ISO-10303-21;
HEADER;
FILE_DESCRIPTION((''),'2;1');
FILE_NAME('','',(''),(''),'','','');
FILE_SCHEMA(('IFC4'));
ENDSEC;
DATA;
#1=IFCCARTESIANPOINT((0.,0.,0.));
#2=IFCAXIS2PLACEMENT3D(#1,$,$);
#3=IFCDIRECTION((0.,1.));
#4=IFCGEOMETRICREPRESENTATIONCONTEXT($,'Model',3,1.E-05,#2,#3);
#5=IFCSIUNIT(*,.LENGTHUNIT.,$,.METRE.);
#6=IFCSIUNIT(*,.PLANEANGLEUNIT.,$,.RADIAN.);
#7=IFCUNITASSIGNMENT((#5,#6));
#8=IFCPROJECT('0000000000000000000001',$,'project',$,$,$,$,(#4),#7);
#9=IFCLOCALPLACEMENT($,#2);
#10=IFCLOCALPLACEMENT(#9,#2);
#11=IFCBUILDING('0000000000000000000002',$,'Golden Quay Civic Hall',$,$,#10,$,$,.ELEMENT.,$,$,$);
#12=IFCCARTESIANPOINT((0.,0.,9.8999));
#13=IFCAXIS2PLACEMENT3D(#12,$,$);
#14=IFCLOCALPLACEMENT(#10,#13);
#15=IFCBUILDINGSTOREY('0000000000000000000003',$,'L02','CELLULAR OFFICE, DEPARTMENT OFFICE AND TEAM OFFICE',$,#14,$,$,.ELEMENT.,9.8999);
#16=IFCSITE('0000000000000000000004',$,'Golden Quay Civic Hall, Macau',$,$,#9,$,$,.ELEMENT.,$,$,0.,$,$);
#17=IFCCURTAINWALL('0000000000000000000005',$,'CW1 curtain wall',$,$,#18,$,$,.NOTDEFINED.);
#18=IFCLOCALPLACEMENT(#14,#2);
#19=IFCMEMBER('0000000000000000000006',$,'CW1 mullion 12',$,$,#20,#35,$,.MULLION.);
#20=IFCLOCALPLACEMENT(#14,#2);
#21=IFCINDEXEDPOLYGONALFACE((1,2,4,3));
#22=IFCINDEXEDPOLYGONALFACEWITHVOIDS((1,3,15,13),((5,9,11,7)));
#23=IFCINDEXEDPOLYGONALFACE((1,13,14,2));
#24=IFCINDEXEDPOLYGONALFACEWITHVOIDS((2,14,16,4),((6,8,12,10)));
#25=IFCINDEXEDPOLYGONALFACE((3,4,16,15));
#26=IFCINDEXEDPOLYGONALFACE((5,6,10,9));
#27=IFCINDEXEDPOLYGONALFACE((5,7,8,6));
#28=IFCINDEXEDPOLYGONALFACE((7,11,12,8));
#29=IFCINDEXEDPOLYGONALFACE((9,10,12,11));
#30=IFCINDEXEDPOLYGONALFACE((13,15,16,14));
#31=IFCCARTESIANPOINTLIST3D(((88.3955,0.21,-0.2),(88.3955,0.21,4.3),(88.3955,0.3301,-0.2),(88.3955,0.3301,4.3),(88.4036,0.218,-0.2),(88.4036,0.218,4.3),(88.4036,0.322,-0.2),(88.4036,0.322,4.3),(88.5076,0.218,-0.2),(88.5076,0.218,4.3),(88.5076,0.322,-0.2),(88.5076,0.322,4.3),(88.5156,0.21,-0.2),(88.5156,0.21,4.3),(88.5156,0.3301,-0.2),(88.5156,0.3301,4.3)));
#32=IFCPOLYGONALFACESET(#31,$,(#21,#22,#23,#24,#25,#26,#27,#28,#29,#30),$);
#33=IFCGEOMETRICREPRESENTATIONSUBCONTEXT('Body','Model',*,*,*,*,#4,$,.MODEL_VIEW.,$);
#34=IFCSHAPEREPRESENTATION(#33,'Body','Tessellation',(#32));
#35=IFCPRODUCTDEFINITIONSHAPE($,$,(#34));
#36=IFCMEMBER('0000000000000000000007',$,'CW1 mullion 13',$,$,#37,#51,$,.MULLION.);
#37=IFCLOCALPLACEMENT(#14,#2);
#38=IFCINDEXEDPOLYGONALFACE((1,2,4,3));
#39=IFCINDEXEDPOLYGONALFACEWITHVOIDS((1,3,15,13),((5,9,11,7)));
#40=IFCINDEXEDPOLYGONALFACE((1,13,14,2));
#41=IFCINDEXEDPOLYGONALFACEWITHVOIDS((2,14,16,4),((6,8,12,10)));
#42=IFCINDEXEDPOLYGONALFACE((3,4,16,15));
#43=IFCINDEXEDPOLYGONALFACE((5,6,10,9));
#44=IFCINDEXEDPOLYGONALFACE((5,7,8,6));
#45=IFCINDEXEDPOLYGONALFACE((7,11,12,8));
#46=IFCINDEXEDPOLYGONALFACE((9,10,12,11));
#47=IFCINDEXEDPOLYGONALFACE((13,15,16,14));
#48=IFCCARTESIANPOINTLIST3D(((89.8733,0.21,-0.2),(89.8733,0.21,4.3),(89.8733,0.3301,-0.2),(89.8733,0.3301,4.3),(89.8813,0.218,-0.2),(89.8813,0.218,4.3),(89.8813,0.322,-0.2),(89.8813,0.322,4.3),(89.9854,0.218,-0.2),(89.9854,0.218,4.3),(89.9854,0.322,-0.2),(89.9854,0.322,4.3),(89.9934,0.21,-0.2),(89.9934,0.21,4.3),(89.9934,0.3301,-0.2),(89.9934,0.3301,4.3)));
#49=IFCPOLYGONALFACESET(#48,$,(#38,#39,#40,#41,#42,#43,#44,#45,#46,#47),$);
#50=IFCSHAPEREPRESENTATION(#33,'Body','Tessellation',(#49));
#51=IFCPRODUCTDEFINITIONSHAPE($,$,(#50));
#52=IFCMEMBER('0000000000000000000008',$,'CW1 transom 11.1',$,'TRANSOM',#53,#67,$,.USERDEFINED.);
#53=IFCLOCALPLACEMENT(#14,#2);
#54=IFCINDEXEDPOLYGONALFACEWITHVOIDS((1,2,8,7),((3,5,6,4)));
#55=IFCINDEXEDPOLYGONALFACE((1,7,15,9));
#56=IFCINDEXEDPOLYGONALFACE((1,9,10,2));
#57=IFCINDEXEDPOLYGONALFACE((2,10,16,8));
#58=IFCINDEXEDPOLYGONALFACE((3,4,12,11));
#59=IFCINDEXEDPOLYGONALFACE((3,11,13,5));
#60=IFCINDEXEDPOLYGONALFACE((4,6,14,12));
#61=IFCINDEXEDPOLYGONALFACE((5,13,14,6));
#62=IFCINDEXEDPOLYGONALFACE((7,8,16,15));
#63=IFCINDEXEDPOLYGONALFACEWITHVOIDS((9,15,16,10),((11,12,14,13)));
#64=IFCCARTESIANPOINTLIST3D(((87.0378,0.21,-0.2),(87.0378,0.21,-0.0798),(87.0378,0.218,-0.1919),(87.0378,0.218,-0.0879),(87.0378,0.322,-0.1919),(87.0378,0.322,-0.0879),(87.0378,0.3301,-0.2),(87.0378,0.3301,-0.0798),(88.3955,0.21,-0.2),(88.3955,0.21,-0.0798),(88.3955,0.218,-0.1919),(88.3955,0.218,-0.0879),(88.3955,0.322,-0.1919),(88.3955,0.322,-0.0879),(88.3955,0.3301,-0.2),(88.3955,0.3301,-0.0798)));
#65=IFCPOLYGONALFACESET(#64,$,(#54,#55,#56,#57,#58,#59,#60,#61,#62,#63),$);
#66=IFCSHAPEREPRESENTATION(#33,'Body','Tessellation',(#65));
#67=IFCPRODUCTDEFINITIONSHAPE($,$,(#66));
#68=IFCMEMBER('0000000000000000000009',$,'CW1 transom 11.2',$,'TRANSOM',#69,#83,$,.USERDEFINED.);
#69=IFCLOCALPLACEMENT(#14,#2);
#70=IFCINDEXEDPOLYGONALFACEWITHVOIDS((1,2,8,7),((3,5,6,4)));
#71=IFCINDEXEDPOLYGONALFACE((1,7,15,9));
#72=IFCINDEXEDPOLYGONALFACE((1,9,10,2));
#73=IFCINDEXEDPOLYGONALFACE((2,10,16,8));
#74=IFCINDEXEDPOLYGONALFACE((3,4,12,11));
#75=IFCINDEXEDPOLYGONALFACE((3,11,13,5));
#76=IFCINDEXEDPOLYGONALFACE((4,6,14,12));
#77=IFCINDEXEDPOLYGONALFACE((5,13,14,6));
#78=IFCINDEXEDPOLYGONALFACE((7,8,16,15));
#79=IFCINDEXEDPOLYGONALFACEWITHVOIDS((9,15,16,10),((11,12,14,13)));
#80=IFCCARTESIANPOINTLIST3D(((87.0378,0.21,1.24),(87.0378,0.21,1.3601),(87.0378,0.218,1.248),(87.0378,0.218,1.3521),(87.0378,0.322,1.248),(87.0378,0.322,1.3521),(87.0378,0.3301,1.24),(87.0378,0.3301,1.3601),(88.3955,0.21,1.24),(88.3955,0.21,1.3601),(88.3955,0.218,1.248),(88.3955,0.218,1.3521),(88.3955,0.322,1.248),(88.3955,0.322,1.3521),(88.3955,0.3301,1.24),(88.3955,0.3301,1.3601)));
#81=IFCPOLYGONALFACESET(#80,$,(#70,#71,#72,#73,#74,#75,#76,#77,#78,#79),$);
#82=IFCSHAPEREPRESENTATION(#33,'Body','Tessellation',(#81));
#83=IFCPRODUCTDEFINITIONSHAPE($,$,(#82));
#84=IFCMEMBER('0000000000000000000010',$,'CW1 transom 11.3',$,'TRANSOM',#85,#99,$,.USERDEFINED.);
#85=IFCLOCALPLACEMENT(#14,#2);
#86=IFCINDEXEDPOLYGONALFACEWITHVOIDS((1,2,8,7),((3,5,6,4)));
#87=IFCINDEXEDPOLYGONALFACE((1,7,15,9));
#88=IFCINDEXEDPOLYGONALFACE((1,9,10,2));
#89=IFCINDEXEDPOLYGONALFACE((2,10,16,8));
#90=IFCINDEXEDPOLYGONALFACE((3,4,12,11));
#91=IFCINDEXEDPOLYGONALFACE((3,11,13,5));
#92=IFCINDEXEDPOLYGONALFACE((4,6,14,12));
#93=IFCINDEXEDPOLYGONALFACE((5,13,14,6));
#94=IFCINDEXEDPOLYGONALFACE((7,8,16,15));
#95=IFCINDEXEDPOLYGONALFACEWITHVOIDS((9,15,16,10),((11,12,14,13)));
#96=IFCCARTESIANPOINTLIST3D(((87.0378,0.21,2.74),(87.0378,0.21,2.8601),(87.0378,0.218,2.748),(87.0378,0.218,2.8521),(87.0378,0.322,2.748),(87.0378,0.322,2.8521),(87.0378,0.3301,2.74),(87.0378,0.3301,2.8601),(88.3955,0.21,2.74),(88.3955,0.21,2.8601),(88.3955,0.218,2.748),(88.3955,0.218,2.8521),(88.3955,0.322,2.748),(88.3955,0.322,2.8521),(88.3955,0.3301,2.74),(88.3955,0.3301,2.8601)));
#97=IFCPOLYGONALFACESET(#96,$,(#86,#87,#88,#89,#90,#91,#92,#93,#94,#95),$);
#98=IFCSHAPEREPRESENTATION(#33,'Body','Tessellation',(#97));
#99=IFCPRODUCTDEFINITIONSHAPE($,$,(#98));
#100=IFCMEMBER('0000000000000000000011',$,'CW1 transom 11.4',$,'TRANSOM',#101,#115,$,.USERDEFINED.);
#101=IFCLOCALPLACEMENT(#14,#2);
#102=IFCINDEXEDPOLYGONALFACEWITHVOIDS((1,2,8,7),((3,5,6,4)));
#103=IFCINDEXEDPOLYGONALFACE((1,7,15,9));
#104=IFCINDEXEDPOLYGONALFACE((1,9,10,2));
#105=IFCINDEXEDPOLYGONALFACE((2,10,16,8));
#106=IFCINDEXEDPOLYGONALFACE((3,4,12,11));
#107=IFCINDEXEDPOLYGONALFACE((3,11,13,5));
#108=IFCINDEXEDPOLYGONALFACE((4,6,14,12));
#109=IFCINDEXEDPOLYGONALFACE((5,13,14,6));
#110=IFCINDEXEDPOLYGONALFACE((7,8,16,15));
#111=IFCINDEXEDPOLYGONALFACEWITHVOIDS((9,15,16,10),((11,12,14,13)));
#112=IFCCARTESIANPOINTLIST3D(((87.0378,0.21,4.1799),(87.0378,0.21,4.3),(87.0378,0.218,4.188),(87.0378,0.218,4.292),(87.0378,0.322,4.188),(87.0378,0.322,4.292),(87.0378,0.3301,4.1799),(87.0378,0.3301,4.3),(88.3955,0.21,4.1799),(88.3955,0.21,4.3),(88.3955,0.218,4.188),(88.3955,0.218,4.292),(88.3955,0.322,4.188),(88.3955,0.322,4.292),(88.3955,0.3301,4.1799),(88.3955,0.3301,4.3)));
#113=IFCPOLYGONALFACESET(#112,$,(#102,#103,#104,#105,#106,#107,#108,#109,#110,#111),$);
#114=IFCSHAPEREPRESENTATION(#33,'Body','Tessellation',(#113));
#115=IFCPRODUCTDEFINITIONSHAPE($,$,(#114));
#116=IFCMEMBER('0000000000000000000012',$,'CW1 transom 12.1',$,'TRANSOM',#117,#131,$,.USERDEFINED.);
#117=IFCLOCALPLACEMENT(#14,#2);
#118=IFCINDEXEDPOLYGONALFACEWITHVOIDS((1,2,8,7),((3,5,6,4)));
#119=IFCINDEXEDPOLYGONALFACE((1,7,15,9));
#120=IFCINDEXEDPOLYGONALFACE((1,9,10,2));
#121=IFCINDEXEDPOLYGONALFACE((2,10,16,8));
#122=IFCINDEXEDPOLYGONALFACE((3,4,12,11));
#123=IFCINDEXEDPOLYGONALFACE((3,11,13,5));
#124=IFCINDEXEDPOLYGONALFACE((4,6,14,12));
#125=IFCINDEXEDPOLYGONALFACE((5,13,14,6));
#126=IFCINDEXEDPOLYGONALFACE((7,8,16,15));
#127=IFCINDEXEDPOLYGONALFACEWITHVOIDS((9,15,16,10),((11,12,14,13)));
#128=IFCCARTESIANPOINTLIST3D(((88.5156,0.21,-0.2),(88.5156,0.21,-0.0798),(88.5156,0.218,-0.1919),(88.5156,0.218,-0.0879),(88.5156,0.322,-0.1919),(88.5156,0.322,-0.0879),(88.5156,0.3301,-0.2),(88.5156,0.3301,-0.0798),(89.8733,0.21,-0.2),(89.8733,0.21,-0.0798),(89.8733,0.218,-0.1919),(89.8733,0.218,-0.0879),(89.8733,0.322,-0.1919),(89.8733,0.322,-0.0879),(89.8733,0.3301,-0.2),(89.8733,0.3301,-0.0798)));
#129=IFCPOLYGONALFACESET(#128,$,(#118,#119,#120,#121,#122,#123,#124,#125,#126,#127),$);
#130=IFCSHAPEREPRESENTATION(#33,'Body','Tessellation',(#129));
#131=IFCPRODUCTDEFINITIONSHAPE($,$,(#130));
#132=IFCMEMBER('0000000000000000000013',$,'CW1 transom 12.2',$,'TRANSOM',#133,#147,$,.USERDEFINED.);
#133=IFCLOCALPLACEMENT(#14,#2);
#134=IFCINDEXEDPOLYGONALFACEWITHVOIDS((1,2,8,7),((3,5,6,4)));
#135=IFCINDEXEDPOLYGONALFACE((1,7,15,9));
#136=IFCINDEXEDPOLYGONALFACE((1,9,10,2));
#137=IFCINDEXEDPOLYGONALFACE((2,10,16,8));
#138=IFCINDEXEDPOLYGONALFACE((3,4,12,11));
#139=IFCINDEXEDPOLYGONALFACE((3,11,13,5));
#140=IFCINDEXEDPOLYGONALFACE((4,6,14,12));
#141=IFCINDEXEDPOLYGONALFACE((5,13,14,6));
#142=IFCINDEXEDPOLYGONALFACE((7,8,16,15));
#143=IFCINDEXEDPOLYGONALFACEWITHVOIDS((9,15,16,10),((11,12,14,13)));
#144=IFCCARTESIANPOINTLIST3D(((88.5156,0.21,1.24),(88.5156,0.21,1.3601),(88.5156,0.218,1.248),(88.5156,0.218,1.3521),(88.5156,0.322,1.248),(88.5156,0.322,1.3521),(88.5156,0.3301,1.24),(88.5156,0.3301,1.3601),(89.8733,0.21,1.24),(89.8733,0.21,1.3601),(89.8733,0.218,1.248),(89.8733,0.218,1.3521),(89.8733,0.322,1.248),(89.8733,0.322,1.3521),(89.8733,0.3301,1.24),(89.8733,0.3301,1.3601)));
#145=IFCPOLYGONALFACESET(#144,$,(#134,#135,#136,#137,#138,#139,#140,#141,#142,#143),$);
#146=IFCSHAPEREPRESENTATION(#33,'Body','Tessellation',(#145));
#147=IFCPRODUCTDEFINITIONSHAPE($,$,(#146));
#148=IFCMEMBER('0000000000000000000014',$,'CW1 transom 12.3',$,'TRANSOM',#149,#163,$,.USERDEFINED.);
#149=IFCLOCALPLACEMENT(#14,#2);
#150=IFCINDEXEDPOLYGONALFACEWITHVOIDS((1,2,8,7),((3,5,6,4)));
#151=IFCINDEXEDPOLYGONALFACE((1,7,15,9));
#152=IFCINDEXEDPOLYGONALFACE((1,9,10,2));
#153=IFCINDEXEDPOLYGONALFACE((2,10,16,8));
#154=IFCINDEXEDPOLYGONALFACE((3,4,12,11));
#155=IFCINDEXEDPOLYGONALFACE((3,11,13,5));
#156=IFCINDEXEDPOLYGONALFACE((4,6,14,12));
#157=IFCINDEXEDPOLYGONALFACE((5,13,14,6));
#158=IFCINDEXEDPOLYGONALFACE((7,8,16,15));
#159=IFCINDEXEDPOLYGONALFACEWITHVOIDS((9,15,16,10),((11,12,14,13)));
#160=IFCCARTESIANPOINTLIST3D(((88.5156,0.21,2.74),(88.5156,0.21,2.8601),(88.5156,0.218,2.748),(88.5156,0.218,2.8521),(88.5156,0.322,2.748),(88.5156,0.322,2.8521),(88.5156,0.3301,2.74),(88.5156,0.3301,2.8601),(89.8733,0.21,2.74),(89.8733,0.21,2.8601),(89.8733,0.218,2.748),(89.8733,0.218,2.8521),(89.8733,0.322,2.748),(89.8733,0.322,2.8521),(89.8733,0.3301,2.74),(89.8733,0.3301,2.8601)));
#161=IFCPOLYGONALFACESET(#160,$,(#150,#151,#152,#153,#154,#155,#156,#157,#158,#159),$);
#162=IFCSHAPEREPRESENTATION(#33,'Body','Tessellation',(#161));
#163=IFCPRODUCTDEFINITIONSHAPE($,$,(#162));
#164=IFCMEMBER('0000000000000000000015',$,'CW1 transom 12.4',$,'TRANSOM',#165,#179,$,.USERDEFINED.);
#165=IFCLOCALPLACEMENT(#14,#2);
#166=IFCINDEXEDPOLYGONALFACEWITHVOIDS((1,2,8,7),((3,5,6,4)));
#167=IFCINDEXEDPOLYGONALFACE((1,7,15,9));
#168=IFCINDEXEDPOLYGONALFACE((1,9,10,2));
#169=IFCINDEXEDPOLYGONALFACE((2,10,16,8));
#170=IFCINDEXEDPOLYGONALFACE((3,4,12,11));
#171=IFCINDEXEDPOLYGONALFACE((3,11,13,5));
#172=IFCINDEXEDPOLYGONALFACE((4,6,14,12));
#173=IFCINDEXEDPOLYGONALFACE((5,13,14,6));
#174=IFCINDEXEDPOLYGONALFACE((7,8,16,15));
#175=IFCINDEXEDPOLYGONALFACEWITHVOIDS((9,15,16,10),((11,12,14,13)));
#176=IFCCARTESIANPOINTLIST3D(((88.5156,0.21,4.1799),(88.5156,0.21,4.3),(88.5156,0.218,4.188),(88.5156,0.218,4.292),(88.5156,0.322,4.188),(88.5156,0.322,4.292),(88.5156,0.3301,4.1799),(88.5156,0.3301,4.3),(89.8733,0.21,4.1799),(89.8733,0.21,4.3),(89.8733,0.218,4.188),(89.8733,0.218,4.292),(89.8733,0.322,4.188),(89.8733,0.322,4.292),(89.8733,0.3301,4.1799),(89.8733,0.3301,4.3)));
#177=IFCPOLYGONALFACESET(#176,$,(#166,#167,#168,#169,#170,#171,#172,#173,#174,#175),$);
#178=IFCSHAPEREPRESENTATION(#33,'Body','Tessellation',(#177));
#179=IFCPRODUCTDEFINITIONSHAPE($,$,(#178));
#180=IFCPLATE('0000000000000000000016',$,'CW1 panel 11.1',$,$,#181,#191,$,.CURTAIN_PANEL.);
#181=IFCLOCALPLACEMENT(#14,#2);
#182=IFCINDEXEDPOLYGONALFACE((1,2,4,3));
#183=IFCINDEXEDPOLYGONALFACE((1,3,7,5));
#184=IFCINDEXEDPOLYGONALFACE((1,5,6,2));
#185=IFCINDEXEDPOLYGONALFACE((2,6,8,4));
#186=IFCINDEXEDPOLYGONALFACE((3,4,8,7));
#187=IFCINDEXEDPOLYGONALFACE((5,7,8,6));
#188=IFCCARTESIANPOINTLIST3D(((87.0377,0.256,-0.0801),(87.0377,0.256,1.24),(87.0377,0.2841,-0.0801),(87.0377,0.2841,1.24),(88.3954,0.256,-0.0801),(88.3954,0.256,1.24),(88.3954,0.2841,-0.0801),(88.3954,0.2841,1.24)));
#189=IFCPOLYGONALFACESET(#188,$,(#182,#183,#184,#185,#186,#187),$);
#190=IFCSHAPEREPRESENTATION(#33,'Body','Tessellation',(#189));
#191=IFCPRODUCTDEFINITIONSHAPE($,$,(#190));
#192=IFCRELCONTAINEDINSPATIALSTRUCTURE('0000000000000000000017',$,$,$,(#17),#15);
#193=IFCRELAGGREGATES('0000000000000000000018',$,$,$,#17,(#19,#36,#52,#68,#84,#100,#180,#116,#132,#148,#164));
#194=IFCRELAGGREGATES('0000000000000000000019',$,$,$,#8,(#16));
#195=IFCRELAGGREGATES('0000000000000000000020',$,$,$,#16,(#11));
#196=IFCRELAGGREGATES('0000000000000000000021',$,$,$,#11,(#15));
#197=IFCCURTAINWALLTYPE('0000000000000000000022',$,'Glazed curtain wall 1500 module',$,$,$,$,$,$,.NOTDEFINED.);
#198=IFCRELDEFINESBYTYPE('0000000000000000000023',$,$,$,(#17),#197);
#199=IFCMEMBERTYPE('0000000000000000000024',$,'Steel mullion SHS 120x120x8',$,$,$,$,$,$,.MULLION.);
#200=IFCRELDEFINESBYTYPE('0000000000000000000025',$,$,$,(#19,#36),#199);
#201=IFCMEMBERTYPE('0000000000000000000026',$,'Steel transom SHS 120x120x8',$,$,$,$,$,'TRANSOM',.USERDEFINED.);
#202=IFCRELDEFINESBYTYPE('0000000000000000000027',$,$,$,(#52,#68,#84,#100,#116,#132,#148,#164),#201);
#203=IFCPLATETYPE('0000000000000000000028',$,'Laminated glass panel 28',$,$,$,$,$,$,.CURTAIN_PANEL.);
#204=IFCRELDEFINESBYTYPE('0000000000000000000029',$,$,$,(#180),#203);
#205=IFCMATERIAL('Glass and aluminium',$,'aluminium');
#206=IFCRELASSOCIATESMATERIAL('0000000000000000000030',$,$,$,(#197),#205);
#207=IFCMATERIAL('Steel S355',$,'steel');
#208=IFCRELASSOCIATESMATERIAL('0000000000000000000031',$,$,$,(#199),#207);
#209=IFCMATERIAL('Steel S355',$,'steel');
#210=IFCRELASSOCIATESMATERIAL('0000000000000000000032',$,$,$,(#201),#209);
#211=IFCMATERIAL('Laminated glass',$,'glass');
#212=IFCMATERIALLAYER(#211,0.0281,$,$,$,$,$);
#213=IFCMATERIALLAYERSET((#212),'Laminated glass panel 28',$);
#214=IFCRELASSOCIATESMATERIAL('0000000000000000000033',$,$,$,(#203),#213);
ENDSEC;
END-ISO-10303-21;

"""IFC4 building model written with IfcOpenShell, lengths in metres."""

from ifc_helpers import new_model, si_unit, direction, frame, origin, origin_2d, place, context, subcontext, project, spatial, rectangle, hollow_rectangle, extrude, material, layer, layer_set, material_profile, profile_set, type_object, element, aggregate, save


model = new_model("IFC4")

# Units and contexts
model_context = context("Model", 3, precision=1e-05, world=origin(), true_north=direction((0.0, 1.0)))
body_context = subcontext(model_context, "Body", "Model", "MODEL_VIEW")
ifc_project = project(units=[si_unit("LENGTHUNIT", "METRE"), si_unit("PLANEANGLEUNIT", "RADIAN")], contexts=[model_context])

# Site, building, storey
site_placement = place(None, origin())
site = spatial("IfcSite", under=ifc_project, at=site_placement, Name="Golden Quay Civic Hall, Macau", CompositionType="ELEMENT", RefElevation=0.0)
building_placement = place(site_placement, origin())
building = spatial("IfcBuilding", under=site, at=building_placement, Name="Golden Quay Civic Hall", CompositionType="ELEMENT")
storey_placement = place(building_placement, frame((0.0, 0.0, 9.8999)))
storey = spatial("IfcBuildingStorey", under=building, at=storey_placement, Name="L02", Description="CELLULAR OFFICE, DEPARTMENT OFFICE AND TEAM OFFICE", CompositionType="ELEMENT", Elevation=9.8999)

# Curtain wall, members, plate
ifc_material_1 = material(Name="Glass and aluminium", Category="aluminium")
curtain_wall_type = type_object("IfcCurtainWallType", Name="Glazed curtain wall 1500 module", PredefinedType="NOTDEFINED", material=ifc_material_1)
curtain_wall_placement = place(storey_placement, origin())
curtain_wall = element("IfcCurtainWall", 1, at=curtain_wall_placement, inside=storey, type_object=curtain_wall_type, Name="CW1 curtain wall", PredefinedType="NOTDEFINED")
ifc_material_2 = material(Name="Steel S355", Category="steel")
ifc_material_profile_1 = material_profile(ifc_material_2, hollow_rectangle(XDim=0.1201, YDim=0.1201, WallThickness=0.0081, at=origin_2d()), Name="SHS 120x120x8")
ifc_profile_set_1 = profile_set([ifc_material_profile_1], Name="Steel S355")
member_type_1 = type_object("IfcMemberType", Name="Steel mullion SHS 120x120x8", PredefinedType="MULLION", material=ifc_profile_set_1)
member_1_placement = place(storey_placement, frame((88.4556, 0.27, -0.2), z_axis=(0.0, 0.0, 1.0), x_axis=(0.0, 1.0, 0.0)))
member_1 = element("IfcMember", 2, at=member_1_placement, type_object=member_type_1, Name="CW1 mullion 12", PredefinedType="MULLION", context=body_context, shape_type="SweptSolid", body=[
    extrude(hollow_rectangle(XDim=0.1201, YDim=0.1201, WallThickness=0.0081, at=origin_2d()), origin(), (0.0, 0.0, 1.0), 4.5),
])
member_2_placement = place(storey_placement, frame((89.9333, 0.27, -0.2), z_axis=(0.0, 0.0, 1.0), x_axis=(0.0, 1.0, 0.0)))
member_2 = element("IfcMember", 3, at=member_2_placement, type_object=member_type_1, Name="CW1 mullion 13", PredefinedType="MULLION", context=body_context, shape_type="SweptSolid", body=[
    extrude(hollow_rectangle(XDim=0.1201, YDim=0.1201, WallThickness=0.0081, at=origin_2d()), origin(), (0.0, 0.0, 1.0), 4.5),
])
ifc_material_3 = material(Name="Steel S355", Category="steel")
ifc_material_profile_2 = material_profile(ifc_material_3, hollow_rectangle(XDim=0.1201, YDim=0.1201, WallThickness=0.0081, at=origin_2d()), Name="SHS 120x120x8")
ifc_profile_set_2 = profile_set([ifc_material_profile_2], Name="Steel S355")
member_type_2 = type_object("IfcMemberType", Name="Steel transom SHS 120x120x8", ElementType="TRANSOM", PredefinedType="USERDEFINED", material=ifc_profile_set_2)
member_3_placement = place(storey_placement, frame((87.0378, 0.27, -0.1399), z_axis=(1.0, 0.0, 0.0), x_axis=(0.0, 1.0, 0.0)))
member_3 = element("IfcMember", 4, at=member_3_placement, type_object=member_type_2, Name="CW1 transom 11.1", ObjectType="TRANSOM", PredefinedType="USERDEFINED", context=body_context, shape_type="SweptSolid", body=[
    extrude(hollow_rectangle(XDim=0.1201, YDim=0.1201, WallThickness=0.0081, at=origin_2d()), origin(), (0.0, 0.0, 1.0), 1.3577),
])
member_4_placement = place(storey_placement, frame((87.0378, 0.27, 1.3), z_axis=(1.0, 0.0, 0.0), x_axis=(0.0, 1.0, 0.0)))
member_4 = element("IfcMember", 5, at=member_4_placement, type_object=member_type_2, Name="CW1 transom 11.2", ObjectType="TRANSOM", PredefinedType="USERDEFINED", context=body_context, shape_type="SweptSolid", body=[
    extrude(hollow_rectangle(XDim=0.1201, YDim=0.1201, WallThickness=0.0081, at=origin_2d()), origin(), (0.0, 0.0, 1.0), 1.3577),
])
member_5_placement = place(storey_placement, frame((87.0378, 0.27, 2.8), z_axis=(1.0, 0.0, 0.0), x_axis=(0.0, 1.0, 0.0)))
member_5 = element("IfcMember", 6, at=member_5_placement, type_object=member_type_2, Name="CW1 transom 11.3", ObjectType="TRANSOM", PredefinedType="USERDEFINED", context=body_context, shape_type="SweptSolid", body=[
    extrude(hollow_rectangle(XDim=0.1201, YDim=0.1201, WallThickness=0.0081, at=origin_2d()), origin(), (0.0, 0.0, 1.0), 1.3577),
])
member_6_placement = place(storey_placement, frame((87.0378, 0.27, 4.24), z_axis=(1.0, 0.0, 0.0), x_axis=(0.0, 1.0, 0.0)))
member_6 = element("IfcMember", 7, at=member_6_placement, type_object=member_type_2, Name="CW1 transom 11.4", ObjectType="TRANSOM", PredefinedType="USERDEFINED", context=body_context, shape_type="SweptSolid", body=[
    extrude(hollow_rectangle(XDim=0.1201, YDim=0.1201, WallThickness=0.0081, at=origin_2d()), origin(), (0.0, 0.0, 1.0), 1.3577),
])
member_7_placement = place(storey_placement, frame((88.5156, 0.27, -0.1399), z_axis=(1.0, 0.0, 0.0), x_axis=(0.0, 1.0, 0.0)))
member_7 = element("IfcMember", 8, at=member_7_placement, type_object=member_type_2, Name="CW1 transom 12.1", ObjectType="TRANSOM", PredefinedType="USERDEFINED", context=body_context, shape_type="SweptSolid", body=[
    extrude(hollow_rectangle(XDim=0.1201, YDim=0.1201, WallThickness=0.0081, at=origin_2d()), origin(), (0.0, 0.0, 1.0), 1.3577),
])
member_8_placement = place(storey_placement, frame((88.5156, 0.27, 1.3), z_axis=(1.0, 0.0, 0.0), x_axis=(0.0, 1.0, 0.0)))
member_8 = element("IfcMember", 9, at=member_8_placement, type_object=member_type_2, Name="CW1 transom 12.2", ObjectType="TRANSOM", PredefinedType="USERDEFINED", context=body_context, shape_type="SweptSolid", body=[
    extrude(hollow_rectangle(XDim=0.1201, YDim=0.1201, WallThickness=0.0081, at=origin_2d()), origin(), (0.0, 0.0, 1.0), 1.3577),
])
member_9_placement = place(storey_placement, frame((88.5156, 0.27, 2.8), z_axis=(1.0, 0.0, 0.0), x_axis=(0.0, 1.0, 0.0)))
member_9 = element("IfcMember", 10, at=member_9_placement, type_object=member_type_2, Name="CW1 transom 12.3", ObjectType="TRANSOM", PredefinedType="USERDEFINED", context=body_context, shape_type="SweptSolid", body=[
    extrude(hollow_rectangle(XDim=0.1201, YDim=0.1201, WallThickness=0.0081, at=origin_2d()), origin(), (0.0, 0.0, 1.0), 1.3577),
])
member_10_placement = place(storey_placement, frame((88.5156, 0.27, 4.24), z_axis=(1.0, 0.0, 0.0), x_axis=(0.0, 1.0, 0.0)))
member_10 = element("IfcMember", 11, at=member_10_placement, type_object=member_type_2, Name="CW1 transom 12.4", ObjectType="TRANSOM", PredefinedType="USERDEFINED", context=body_context, shape_type="SweptSolid", body=[
    extrude(hollow_rectangle(XDim=0.1201, YDim=0.1201, WallThickness=0.0081, at=origin_2d()), origin(), (0.0, 0.0, 1.0), 1.3577),
])
ifc_material_4 = material(Name="Laminated glass", Category="glass")
ifc_layer = layer(ifc_material_4, 0.0281)
ifc_layer_set = layer_set([ifc_layer], Name="Laminated glass panel 28")
plate_type = type_object("IfcPlateType", Name="Laminated glass panel 28", PredefinedType="CURTAIN_PANEL", material=ifc_layer_set)
plate_1_placement = place(storey_placement, frame((87.7166, 0.27, -0.0801), z_axis=(0.0, 0.0, 1.0), x_axis=(1.0, 0.0, 0.0)))
plate_1 = element("IfcPlate", 12, at=plate_1_placement, type_object=plate_type, Name="CW1 panel 11.1", PredefinedType="CURTAIN_PANEL", context=body_context, shape_type="SweptSolid", body=[
    extrude(rectangle(XDim=1.3577, YDim=0.0281, at=origin_2d()), origin(), (0.0, 0.0, 1.0), 1.3201),
])
aggregate(curtain_wall, [member_1, member_2, member_3, member_4, member_5, member_6, plate_1, member_7, member_8, member_9, member_10])

save(model, "model.ifc")
